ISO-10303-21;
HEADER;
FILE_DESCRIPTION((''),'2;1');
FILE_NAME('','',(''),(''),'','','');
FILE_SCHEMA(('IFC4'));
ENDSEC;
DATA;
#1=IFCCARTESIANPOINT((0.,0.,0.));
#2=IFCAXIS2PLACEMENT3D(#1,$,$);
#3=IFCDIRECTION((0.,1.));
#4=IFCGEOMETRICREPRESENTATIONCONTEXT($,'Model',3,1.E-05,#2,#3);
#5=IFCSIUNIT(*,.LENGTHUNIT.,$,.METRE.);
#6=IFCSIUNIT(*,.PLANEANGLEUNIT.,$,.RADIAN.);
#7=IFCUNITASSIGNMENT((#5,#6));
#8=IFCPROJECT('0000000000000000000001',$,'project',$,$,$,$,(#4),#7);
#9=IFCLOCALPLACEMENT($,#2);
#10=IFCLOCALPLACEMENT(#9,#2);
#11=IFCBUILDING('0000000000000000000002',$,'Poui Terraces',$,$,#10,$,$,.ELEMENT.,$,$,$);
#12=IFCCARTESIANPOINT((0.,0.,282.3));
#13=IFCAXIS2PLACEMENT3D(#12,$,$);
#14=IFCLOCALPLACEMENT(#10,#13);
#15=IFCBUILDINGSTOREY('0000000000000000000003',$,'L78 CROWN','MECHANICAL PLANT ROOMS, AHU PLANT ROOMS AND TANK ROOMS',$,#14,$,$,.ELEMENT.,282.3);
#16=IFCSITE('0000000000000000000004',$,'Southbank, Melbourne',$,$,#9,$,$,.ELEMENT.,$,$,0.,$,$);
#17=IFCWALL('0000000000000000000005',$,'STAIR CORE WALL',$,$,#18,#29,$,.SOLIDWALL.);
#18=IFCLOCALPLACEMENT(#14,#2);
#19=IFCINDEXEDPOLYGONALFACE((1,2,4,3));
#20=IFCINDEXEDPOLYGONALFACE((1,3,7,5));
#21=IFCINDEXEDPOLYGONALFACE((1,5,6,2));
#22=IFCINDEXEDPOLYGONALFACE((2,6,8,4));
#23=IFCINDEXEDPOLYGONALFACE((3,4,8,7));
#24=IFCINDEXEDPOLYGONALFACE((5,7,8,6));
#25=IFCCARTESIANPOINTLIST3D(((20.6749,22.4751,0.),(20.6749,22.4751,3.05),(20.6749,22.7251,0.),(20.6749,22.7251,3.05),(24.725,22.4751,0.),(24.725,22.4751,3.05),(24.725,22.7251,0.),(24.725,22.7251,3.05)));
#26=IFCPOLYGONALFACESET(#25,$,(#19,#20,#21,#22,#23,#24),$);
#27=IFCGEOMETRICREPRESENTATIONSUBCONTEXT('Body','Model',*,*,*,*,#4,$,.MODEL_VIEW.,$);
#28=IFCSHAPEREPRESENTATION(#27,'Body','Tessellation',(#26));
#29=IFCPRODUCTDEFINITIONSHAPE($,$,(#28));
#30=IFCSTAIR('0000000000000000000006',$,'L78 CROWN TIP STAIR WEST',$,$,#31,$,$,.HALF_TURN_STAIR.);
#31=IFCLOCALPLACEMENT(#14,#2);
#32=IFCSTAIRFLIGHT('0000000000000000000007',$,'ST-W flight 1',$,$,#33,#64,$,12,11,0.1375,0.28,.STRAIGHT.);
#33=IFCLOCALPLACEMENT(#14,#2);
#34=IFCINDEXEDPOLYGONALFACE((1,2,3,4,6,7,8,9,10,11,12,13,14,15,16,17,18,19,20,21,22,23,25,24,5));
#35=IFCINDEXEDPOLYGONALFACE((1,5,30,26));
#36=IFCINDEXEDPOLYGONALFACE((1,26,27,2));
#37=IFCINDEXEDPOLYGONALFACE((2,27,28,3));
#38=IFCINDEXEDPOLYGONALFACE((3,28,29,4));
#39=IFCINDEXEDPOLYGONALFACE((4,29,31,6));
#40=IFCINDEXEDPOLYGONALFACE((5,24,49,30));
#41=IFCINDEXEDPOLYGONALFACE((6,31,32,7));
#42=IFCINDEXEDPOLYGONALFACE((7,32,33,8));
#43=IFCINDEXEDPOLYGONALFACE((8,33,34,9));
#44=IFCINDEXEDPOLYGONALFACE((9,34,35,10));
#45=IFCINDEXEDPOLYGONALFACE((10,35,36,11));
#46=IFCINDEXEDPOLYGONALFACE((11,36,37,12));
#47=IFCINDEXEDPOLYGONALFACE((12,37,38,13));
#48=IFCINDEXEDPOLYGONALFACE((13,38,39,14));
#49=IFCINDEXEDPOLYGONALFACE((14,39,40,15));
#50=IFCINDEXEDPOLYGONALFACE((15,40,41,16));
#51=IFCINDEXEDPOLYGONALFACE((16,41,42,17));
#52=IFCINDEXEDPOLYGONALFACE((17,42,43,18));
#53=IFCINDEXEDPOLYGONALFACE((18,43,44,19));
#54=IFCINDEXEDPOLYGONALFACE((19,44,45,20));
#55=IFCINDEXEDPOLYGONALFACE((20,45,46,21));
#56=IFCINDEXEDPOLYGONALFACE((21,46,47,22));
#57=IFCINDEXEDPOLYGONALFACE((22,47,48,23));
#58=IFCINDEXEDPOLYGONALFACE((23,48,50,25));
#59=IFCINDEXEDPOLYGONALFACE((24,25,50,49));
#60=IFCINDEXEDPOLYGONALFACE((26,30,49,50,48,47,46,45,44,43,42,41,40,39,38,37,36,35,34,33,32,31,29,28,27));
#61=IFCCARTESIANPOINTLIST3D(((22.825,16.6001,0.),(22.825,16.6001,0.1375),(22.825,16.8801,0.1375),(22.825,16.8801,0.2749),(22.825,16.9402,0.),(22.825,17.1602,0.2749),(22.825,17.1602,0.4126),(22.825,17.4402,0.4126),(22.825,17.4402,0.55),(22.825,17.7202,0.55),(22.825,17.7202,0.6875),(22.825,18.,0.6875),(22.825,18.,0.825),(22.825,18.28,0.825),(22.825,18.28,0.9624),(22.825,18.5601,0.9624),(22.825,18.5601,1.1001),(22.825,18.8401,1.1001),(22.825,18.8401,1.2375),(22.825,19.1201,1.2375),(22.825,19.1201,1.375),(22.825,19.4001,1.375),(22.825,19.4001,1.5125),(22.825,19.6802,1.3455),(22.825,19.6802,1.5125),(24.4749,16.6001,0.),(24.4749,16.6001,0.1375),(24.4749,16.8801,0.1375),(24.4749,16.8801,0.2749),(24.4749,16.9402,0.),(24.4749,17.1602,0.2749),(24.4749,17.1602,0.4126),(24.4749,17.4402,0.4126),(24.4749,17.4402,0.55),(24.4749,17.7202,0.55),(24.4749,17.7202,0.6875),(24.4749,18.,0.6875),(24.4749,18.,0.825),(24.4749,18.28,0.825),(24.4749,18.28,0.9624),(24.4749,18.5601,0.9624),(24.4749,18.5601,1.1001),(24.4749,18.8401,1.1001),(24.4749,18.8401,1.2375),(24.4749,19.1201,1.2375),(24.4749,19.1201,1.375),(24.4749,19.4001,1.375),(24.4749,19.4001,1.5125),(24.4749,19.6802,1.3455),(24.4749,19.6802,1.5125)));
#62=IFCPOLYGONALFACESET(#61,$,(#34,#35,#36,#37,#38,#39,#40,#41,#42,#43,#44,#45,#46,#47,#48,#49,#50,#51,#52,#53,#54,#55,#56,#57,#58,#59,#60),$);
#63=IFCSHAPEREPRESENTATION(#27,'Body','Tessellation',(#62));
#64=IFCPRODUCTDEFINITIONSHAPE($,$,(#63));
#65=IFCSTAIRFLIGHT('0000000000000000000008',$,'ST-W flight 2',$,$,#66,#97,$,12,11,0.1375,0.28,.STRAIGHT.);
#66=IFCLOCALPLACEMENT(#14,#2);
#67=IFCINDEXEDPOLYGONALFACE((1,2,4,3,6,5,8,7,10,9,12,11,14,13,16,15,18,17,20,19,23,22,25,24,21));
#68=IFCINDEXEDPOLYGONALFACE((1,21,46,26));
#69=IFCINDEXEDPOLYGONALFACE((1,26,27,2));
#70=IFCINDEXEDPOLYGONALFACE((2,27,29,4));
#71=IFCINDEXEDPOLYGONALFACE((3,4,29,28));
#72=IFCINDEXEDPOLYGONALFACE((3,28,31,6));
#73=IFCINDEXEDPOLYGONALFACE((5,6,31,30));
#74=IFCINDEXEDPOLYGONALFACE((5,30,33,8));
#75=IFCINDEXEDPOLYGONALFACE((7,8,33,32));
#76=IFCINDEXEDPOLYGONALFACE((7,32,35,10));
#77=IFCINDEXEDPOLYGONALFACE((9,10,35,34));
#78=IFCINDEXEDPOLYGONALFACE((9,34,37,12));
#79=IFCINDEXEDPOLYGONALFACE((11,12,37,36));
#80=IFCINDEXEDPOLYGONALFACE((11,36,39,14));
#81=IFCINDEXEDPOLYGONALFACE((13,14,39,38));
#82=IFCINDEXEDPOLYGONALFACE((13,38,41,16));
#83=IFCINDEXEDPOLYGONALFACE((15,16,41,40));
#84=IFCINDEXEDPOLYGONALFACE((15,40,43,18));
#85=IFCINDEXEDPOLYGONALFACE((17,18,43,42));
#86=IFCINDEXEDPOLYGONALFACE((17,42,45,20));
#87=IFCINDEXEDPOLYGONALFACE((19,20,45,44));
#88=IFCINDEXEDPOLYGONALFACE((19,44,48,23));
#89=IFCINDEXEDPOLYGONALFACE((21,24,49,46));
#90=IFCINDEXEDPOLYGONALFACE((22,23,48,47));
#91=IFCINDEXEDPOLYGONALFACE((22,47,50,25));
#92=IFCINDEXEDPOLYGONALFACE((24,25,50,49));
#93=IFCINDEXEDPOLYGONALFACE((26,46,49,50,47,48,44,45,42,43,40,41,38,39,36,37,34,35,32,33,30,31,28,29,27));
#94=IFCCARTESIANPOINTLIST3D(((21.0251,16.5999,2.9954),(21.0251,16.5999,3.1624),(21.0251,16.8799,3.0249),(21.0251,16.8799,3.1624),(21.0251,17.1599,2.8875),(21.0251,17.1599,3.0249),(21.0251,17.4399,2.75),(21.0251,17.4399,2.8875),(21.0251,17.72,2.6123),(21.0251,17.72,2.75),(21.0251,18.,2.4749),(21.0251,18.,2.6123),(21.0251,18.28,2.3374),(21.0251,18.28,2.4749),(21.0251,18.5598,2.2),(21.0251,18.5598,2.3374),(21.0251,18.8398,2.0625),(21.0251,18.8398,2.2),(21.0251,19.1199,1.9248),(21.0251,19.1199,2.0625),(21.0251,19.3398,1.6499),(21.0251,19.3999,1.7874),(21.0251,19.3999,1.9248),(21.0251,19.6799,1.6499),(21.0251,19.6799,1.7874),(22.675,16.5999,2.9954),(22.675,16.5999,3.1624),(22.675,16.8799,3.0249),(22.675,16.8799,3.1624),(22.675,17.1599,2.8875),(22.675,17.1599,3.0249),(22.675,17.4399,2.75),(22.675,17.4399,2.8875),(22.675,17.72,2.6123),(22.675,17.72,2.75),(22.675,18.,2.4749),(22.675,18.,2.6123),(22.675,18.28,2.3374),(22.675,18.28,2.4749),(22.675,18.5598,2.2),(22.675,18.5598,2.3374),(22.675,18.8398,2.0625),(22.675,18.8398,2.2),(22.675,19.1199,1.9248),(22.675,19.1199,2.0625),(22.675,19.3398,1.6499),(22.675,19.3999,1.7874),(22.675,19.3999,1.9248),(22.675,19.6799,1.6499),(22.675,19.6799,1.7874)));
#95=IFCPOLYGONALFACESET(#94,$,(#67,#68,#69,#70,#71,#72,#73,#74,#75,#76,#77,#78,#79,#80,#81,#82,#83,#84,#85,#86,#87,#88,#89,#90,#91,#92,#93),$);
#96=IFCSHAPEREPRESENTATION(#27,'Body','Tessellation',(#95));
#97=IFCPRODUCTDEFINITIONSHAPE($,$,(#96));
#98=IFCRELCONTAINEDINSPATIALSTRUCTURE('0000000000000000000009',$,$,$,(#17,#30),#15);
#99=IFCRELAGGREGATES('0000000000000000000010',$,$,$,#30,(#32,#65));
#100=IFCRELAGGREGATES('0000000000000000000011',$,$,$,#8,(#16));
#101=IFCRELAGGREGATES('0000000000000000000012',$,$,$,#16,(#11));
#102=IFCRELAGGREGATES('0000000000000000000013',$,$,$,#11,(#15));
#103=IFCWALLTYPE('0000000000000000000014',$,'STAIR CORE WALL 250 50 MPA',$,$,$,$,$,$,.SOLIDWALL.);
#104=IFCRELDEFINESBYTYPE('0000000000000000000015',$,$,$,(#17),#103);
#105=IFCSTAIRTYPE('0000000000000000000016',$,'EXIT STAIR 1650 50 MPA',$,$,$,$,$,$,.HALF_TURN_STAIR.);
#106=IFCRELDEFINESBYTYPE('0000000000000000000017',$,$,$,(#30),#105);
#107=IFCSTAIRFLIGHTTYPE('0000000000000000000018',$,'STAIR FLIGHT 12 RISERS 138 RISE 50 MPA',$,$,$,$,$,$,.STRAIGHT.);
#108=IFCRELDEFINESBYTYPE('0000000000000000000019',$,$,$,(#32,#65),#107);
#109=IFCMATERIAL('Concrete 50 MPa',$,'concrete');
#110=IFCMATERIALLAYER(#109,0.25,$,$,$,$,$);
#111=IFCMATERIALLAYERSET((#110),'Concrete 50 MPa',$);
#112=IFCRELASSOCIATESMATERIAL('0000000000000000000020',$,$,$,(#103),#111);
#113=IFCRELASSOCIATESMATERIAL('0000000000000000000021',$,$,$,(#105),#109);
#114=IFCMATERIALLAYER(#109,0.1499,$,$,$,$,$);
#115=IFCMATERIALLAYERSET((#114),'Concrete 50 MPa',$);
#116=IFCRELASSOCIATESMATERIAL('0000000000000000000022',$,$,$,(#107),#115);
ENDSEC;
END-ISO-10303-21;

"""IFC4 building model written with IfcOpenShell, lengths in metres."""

from ifc_helpers import new_model, si_unit, direction, frame, frame_2d, origin, place, context, subcontext, project, spatial, polyline, rectangle, outline, extrude, material, layer, layer_set, type_object, element, aggregate, save


model = new_model("IFC4")

# Units and contexts
model_context = context("Model", 3, precision=1e-05, world=origin(), true_north=direction((0.0, 1.0)))
body_context = subcontext(model_context, "Body", "Model", "MODEL_VIEW")
ifc_project = project(units=[si_unit("LENGTHUNIT", "METRE"), si_unit("PLANEANGLEUNIT", "RADIAN")], contexts=[model_context])

# Site, building, storey
site_placement = place(None, origin())
site = spatial("IfcSite", under=ifc_project, at=site_placement, Name="Southbank, Melbourne", CompositionType="ELEMENT", RefElevation=0.0)
building_placement = place(site_placement, origin())
building = spatial("IfcBuilding", under=site, at=building_placement, Name="Poui Terraces", CompositionType="ELEMENT")
storey_placement = place(building_placement, frame((0.0, 0.0, 282.3)))
storey = spatial("IfcBuildingStorey", under=building, at=storey_placement, Name="L78 CROWN", Description="MECHANICAL PLANT ROOMS, AHU PLANT ROOMS AND TANK ROOMS", CompositionType="ELEMENT", Elevation=282.3)

# Shared definitions
ifc_material_1 = material(Name="Concrete 50 MPa", Category="concrete")

# Wall
ifc_layer_1 = layer(ifc_material_1, 0.25)
ifc_layer_set_1 = layer_set([ifc_layer_1], Name="Concrete 50 MPa")
wall_type_1 = type_object("IfcWallType", Name="STAIR CORE WALL 250 50 MPA", PredefinedType="SOLIDWALL", material=ifc_layer_set_1)
wall_1_placement = place(storey_placement, frame((20.675, 22.6001, 0.0), z_axis=(0.0, 0.0, 1.0), x_axis=(1.0, 0.0, 0.0)))
element("IfcWall", 1, at=wall_1_placement, inside=storey, type_object=wall_type_1, Name="STAIR CORE WALL", PredefinedType="SOLIDWALL", context=body_context, shape_type="SweptSolid", body=[
    extrude(rectangle(XDim=4.05, YDim=0.25, at=frame_2d((2.0249, 0.0))), origin(), (0.0, 0.0, 1.0), 3.05),
])

# Stair, stair flights
stair_type = type_object("IfcStairType", Name="EXIT STAIR 1650 50 MPA", PredefinedType="HALF_TURN_STAIR", material=ifc_material_1)
stair_placement = place(storey_placement, origin())
stair = element("IfcStair", 2, at=stair_placement, inside=storey, type_object=stair_type, Name="L78 CROWN TIP STAIR WEST", PredefinedType="HALF_TURN_STAIR")
ifc_layer_2 = layer(ifc_material_1, 0.1499)
ifc_layer_set_2 = layer_set([ifc_layer_2], Name="Concrete 50 MPa")
stair_flight_type = type_object("IfcStairFlightType", Name="STAIR FLIGHT 12 RISERS 138 RISE 50 MPA", PredefinedType="STRAIGHT", material=ifc_layer_set_2)
stair_flight_1_placement = place(storey_placement, frame((23.6499, 16.6001, 0.0), z_axis=(0.0, 0.0, 1.0), x_axis=(0.0, 1.0, 0.0)))
stair_flight_1 = element("IfcStairFlight", 3, at=stair_flight_1_placement, type_object=stair_flight_type, Name="ST-W flight 1", NumberOfRisers=12, NumberOfTreads=11, PredefinedType="STRAIGHT", RiserHeight=0.1375, TreadLength=0.28, context=body_context, shape_type="SweptSolid", body=[
    extrude(outline(polyline([(0.0, 0.0), (0.0, 0.1375), (0.28, 0.1375), (0.28, 0.2749), (0.5601, 0.2749), (0.5601, 0.4126), (0.8401, 0.4126), (0.8401, 0.55), (1.1201, 0.55), (1.1201, 0.6875), (1.3999, 0.6875), (1.3999, 0.825), (1.6799, 0.825), (1.6799, 0.9624), (1.96, 0.9624), (1.96, 1.1001), (2.24, 1.1001), (2.24, 1.2375), (2.52, 1.2375), (2.52, 1.375), (2.8, 1.375), (2.8, 1.5125), (3.0801, 1.5125), (3.0801, 1.6499), (3.0801, 1.3455), (0.3401, 0.0), (0.0, 0.0)])), frame((0.0, 0.825, 0.0), z_axis=(0.0, -1.0, 0.0), x_axis=(1.0, 0.0, 0.0)), (0.0, 0.0, 1.0), 1.6499),
])
stair_flight_2_placement = place(storey_placement, frame((21.8501, 19.6799, 1.6499), z_axis=(0.0, 0.0, 1.0), x_axis=(0.0, -1.0, 0.0)))
stair_flight_2 = element("IfcStairFlight", 4, at=stair_flight_2_placement, type_object=stair_flight_type, Name="ST-W flight 2", NumberOfRisers=12, NumberOfTreads=11, PredefinedType="STRAIGHT", RiserHeight=0.1375, TreadLength=0.28, context=body_context, shape_type="SweptSolid", body=[
    extrude(outline(polyline([(0.0, 0.0), (0.0, 0.1375), (0.28, 0.1375), (0.28, 0.2749), (0.5601, 0.2749), (0.5601, 0.4126), (0.8401, 0.4126), (0.8401, 0.55), (1.1201, 0.55), (1.1201, 0.6875), (1.3999, 0.6875), (1.3999, 0.825), (1.6799, 0.825), (1.6799, 0.9624), (1.96, 0.9624), (1.96, 1.1001), (2.24, 1.1001), (2.24, 1.2375), (2.52, 1.2375), (2.52, 1.375), (2.8, 1.375), (2.8, 1.5125), (3.0801, 1.5125), (3.0801, 1.6499), (3.0801, 1.3455), (0.3401, 0.0), (0.0, 0.0)])), frame((0.0, 0.825, 0.0), z_axis=(0.0, -1.0, 0.0), x_axis=(1.0, 0.0, 0.0)), (0.0, 0.0, 1.0), 1.6499),
])
aggregate(stair, [stair_flight_1, stair_flight_2])

save(model, "model.ifc")
